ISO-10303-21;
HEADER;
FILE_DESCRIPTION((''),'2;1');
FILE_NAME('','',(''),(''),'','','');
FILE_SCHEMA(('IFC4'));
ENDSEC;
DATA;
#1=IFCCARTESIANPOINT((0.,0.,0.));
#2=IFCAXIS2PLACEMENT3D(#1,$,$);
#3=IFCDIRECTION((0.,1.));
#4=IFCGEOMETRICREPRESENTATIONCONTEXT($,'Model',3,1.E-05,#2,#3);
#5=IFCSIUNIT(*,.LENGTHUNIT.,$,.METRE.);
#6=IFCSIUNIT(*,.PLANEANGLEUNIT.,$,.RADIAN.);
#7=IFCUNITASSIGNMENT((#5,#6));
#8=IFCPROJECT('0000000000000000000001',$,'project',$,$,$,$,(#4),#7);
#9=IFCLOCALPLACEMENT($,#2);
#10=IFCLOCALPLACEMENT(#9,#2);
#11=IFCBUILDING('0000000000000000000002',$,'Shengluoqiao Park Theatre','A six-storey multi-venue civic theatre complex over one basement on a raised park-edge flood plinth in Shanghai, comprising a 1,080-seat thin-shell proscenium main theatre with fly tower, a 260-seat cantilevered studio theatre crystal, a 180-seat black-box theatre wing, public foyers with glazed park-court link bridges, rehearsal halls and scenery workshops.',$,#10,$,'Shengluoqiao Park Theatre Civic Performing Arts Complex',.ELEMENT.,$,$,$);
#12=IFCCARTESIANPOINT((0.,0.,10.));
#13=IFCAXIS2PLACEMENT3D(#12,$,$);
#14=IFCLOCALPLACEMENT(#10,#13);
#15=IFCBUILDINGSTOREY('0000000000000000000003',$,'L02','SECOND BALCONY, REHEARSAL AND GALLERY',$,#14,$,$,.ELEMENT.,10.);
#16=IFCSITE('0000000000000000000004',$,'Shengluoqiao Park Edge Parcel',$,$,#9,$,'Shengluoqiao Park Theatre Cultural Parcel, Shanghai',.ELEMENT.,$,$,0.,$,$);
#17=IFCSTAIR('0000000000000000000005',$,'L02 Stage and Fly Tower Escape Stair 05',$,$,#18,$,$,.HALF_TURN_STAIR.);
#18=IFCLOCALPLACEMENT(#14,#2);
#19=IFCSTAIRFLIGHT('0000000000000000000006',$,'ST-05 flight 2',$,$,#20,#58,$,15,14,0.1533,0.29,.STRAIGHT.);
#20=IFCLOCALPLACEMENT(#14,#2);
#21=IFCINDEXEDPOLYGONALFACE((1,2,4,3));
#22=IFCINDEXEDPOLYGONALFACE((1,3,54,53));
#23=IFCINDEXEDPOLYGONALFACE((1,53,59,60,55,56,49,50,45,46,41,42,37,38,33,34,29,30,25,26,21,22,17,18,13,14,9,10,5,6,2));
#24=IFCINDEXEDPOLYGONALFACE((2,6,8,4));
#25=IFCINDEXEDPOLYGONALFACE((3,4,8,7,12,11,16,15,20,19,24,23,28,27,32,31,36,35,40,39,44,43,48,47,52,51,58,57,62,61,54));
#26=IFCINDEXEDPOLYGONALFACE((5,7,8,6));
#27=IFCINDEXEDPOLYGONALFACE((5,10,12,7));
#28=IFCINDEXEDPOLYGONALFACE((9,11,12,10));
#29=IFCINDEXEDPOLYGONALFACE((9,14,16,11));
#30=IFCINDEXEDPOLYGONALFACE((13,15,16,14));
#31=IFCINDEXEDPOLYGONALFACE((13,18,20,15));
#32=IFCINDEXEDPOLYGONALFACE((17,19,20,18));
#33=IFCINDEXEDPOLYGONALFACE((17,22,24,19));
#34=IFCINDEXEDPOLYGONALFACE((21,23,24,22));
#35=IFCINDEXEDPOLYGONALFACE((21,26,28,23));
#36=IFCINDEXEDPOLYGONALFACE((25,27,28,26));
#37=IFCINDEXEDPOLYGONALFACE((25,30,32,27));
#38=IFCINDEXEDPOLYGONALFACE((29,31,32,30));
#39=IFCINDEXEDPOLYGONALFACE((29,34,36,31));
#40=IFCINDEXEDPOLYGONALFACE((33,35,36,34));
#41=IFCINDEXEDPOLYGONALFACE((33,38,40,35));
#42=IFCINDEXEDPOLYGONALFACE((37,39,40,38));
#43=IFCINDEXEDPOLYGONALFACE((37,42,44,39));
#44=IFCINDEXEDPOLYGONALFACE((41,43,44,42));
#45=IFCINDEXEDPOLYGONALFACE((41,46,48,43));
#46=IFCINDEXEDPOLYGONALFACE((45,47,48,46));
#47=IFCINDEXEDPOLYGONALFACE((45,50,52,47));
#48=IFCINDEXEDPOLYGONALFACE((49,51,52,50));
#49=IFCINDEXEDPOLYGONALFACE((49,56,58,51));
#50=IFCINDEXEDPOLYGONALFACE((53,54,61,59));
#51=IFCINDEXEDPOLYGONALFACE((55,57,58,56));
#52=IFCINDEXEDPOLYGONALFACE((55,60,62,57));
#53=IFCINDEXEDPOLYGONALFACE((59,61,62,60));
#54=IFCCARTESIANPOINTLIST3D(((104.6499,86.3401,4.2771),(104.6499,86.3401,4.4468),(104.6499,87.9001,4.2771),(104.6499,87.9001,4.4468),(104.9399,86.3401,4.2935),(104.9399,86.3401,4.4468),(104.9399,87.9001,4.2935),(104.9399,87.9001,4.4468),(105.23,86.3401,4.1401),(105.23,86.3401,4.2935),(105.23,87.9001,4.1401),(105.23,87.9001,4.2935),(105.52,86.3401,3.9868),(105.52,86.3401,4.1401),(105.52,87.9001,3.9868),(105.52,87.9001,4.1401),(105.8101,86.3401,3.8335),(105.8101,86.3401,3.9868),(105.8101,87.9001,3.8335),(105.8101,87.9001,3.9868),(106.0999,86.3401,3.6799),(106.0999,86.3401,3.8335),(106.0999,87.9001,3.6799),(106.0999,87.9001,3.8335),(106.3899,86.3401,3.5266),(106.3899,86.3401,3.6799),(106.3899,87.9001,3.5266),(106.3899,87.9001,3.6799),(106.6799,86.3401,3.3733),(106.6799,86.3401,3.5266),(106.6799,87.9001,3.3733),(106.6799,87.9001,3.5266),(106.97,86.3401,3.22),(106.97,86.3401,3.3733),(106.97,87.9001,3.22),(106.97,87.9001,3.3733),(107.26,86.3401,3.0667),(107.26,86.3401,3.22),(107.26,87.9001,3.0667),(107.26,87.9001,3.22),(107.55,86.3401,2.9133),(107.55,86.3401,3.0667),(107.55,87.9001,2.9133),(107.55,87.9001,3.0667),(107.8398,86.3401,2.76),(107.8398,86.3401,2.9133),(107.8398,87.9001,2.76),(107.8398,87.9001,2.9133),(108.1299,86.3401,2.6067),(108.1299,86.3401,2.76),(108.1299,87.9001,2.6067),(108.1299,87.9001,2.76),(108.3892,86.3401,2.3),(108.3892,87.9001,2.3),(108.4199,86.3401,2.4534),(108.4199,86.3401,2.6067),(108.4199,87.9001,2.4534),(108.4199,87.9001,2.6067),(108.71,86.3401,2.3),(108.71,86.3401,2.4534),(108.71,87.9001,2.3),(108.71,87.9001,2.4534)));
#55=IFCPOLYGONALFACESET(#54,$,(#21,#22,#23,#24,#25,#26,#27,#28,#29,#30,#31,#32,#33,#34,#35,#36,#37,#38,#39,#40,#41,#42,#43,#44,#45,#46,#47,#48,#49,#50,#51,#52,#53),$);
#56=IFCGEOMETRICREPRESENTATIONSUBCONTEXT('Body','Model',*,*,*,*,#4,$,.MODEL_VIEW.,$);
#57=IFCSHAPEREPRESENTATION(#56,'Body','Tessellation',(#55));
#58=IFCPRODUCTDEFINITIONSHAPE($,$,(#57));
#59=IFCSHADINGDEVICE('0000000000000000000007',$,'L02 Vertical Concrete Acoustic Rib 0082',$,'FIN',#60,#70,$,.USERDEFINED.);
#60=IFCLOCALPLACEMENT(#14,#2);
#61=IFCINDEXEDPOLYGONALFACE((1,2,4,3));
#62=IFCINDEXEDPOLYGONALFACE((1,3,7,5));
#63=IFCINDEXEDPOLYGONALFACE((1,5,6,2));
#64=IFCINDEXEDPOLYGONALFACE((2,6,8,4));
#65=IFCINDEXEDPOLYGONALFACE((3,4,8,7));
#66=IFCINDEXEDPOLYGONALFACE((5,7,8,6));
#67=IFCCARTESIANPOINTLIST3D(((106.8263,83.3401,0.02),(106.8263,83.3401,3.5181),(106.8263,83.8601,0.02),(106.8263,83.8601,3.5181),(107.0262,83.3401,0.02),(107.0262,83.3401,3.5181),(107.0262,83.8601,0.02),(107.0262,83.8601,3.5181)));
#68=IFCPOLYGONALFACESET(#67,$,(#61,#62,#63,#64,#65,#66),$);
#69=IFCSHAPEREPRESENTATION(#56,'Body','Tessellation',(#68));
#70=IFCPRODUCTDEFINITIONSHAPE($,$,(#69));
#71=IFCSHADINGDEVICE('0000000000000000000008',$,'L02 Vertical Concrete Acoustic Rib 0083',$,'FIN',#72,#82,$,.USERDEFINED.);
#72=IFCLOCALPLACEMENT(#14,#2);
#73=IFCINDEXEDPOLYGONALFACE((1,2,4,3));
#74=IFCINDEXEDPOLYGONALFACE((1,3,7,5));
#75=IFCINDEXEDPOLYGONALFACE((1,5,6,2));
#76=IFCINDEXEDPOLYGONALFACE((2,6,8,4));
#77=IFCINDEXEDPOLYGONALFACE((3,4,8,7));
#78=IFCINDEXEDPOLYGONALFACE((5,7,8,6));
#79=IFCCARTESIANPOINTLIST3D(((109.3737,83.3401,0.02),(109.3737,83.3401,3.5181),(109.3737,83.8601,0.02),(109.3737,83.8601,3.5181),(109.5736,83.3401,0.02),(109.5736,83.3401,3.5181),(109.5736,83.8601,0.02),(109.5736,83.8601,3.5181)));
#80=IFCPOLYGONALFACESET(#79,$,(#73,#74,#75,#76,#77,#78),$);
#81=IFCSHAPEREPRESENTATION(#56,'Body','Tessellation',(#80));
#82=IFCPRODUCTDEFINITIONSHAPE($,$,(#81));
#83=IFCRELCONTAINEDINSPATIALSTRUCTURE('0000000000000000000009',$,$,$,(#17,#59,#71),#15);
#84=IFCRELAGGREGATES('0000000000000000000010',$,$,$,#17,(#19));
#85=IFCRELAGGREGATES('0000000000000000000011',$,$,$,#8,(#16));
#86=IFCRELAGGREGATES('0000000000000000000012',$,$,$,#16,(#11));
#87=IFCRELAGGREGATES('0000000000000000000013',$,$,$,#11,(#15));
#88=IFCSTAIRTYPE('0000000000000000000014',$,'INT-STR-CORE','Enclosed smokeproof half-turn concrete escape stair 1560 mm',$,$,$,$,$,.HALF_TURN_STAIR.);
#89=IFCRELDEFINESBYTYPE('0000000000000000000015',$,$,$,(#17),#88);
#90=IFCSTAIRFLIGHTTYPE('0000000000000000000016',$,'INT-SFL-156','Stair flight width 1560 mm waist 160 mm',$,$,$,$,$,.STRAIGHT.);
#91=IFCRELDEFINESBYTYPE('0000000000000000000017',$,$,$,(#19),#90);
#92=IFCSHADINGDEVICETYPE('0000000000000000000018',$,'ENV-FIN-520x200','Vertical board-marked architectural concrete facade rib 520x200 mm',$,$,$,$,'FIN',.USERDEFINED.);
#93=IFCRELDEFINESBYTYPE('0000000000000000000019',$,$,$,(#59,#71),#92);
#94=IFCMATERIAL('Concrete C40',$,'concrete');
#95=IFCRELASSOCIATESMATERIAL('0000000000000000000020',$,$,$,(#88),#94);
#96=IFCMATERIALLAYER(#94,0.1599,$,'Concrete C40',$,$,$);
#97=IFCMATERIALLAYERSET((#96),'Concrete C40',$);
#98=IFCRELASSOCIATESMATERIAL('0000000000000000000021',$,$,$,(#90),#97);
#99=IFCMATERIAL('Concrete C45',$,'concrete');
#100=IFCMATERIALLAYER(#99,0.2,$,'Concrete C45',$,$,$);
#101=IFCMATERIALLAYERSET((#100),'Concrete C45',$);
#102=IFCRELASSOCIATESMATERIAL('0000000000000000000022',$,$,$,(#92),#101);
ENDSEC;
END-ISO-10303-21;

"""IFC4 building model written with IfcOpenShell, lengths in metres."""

from ifc_helpers import new_model, si_unit, direction, frame, origin, origin_2d, place, context, subcontext, project, spatial, polyline, rectangle, outline, extrude, material, layer, layer_set, type_object, element, aggregate, save


model = new_model("IFC4")

# Units and contexts
model_context = context("Model", 3, precision=1e-05, world=origin(), true_north=direction((0.0, 1.0)))
body_context = subcontext(model_context, "Body", "Model", "MODEL_VIEW")
ifc_project = project(units=[si_unit("LENGTHUNIT", "METRE"), si_unit("PLANEANGLEUNIT", "RADIAN")], contexts=[model_context])

# Site, building, storey
site_placement = place(None, origin())
site = spatial("IfcSite", under=ifc_project, at=site_placement, Name="Shengluoqiao Park Edge Parcel", LongName="Shengluoqiao Park Theatre Cultural Parcel, Shanghai", CompositionType="ELEMENT", RefElevation=0.0)
building_placement = place(site_placement, origin())
building = spatial("IfcBuilding", under=site, at=building_placement, Name="Shengluoqiao Park Theatre", Description="A six-storey multi-venue civic theatre complex over one basement on a raised park-edge flood plinth in Shanghai, comprising a 1,080-seat thin-shell proscenium main theatre with fly tower, a 260-seat cantilevered studio theatre crystal, a 180-seat black-box theatre wing, public foyers with glazed park-court link bridges, rehearsal halls and scenery workshops.", LongName="Shengluoqiao Park Theatre Civic Performing Arts Complex", CompositionType="ELEMENT")
storey_placement = place(building_placement, frame((0.0, 0.0, 10.0)))
storey = spatial("IfcBuildingStorey", under=building, at=storey_placement, Name="L02", Description="SECOND BALCONY, REHEARSAL AND GALLERY", CompositionType="ELEMENT", Elevation=10.0)

# Shared definitions
ifc_material_1 = material(Name="Concrete C40", Category="concrete")

# Stair, stair flight
stair_type = type_object("IfcStairType", Name="INT-STR-CORE", Description="Enclosed smokeproof half-turn concrete escape stair 1560 mm", PredefinedType="HALF_TURN_STAIR", material=ifc_material_1)
stair_placement = place(storey_placement, origin())
stair = element("IfcStair", 1, at=stair_placement, inside=storey, type_object=stair_type, Name="L02 Stage and Fly Tower Escape Stair 05", PredefinedType="HALF_TURN_STAIR")
ifc_layer_1 = layer(ifc_material_1, 0.1599, Name="Concrete C40")
ifc_layer_set_1 = layer_set([ifc_layer_1], Name="Concrete C40")
stair_flight_type = type_object("IfcStairFlightType", Name="INT-SFL-156", Description="Stair flight width 1560 mm waist 160 mm", PredefinedType="STRAIGHT", material=ifc_layer_set_1)
stair_flight_1_placement = place(storey_placement, frame((108.71, 87.1201, 2.3), z_axis=(0.0, 0.0, 1.0), x_axis=(-1.0, 0.0, 0.0)))
stair_flight_1 = element("IfcStairFlight", 2, at=stair_flight_1_placement, type_object=stair_flight_type, Name="ST-05 flight 2", NumberOfRisers=15, NumberOfTreads=14, PredefinedType="STRAIGHT", RiserHeight=0.1533, TreadLength=0.29, context=body_context, shape_type="SweptSolid", body=[
    extrude(outline(polyline([(0.0, 0.0), (0.0, 0.1533), (0.29, 0.1533), (0.29, 0.3066), (0.5801, 0.3066), (0.5801, 0.46), (0.8701, 0.46), (0.8701, 0.6133), (1.1599, 0.6133), (1.1599, 0.7666), (1.45, 0.7666), (1.45, 0.9199), (1.74, 0.9199), (1.74, 1.0732), (2.03, 1.0732), (2.03, 1.2266), (2.3201, 1.2266), (2.3201, 1.3799), (2.6101, 1.3799), (2.6101, 1.5334), (2.8999, 1.5334), (2.8999, 1.6868), (3.1899, 1.6868), (3.1899, 1.8401), (3.48, 1.8401), (3.48, 1.9934), (3.77, 1.9934), (3.77, 2.1467), (4.0601, 2.1467), (4.0601, 2.3), (4.0601, 1.9771), (0.3208, 0.0), (0.0, 0.0)])), frame((0.0, 0.78, 0.0), z_axis=(0.0, -1.0, 0.0), x_axis=(1.0, 0.0, 0.0)), (0.0, 0.0, 1.0), 1.5601),
])
aggregate(stair, [stair_flight_1])

# Shading devices
ifc_material_2 = material(Name="Concrete C45", Category="concrete")
ifc_layer_2 = layer(ifc_material_2, 0.2, Name="Concrete C45")
ifc_layer_set_2 = layer_set([ifc_layer_2], Name="Concrete C45")
shading_device_type = type_object("IfcShadingDeviceType", Name="ENV-FIN-520x200", Description="Vertical board-marked architectural concrete facade rib 520x200 mm", ElementType="FIN", PredefinedType="USERDEFINED", material=ifc_layer_set_2)
for number, where, z_axis, x_axis, name in (
    (3, (106.9263, 83.6001, 0.02), (0.0, 0.0, 1.0), (0.0, -1.0, 0.0), "L02 Vertical Concrete Acoustic Rib 0082"),
    (4, (109.4736, 83.6001, 0.02), (0.0, 0.0, 1.0), (0.0, -1.0, 0.0), "L02 Vertical Concrete Acoustic Rib 0083"),
):
    element("IfcShadingDevice", number, at=place(storey_placement, frame(where, z_axis=z_axis, x_axis=x_axis)), inside=storey, type_object=shading_device_type, Name=name, ObjectType="FIN", PredefinedType="USERDEFINED", context=body_context, shape_type="SweptSolid", body=[
        extrude(rectangle(XDim=0.52, YDim=0.2, at=origin_2d()), origin(), (0.0, 0.0, 1.0), 3.498),
    ])

save(model, "model.ifc")
